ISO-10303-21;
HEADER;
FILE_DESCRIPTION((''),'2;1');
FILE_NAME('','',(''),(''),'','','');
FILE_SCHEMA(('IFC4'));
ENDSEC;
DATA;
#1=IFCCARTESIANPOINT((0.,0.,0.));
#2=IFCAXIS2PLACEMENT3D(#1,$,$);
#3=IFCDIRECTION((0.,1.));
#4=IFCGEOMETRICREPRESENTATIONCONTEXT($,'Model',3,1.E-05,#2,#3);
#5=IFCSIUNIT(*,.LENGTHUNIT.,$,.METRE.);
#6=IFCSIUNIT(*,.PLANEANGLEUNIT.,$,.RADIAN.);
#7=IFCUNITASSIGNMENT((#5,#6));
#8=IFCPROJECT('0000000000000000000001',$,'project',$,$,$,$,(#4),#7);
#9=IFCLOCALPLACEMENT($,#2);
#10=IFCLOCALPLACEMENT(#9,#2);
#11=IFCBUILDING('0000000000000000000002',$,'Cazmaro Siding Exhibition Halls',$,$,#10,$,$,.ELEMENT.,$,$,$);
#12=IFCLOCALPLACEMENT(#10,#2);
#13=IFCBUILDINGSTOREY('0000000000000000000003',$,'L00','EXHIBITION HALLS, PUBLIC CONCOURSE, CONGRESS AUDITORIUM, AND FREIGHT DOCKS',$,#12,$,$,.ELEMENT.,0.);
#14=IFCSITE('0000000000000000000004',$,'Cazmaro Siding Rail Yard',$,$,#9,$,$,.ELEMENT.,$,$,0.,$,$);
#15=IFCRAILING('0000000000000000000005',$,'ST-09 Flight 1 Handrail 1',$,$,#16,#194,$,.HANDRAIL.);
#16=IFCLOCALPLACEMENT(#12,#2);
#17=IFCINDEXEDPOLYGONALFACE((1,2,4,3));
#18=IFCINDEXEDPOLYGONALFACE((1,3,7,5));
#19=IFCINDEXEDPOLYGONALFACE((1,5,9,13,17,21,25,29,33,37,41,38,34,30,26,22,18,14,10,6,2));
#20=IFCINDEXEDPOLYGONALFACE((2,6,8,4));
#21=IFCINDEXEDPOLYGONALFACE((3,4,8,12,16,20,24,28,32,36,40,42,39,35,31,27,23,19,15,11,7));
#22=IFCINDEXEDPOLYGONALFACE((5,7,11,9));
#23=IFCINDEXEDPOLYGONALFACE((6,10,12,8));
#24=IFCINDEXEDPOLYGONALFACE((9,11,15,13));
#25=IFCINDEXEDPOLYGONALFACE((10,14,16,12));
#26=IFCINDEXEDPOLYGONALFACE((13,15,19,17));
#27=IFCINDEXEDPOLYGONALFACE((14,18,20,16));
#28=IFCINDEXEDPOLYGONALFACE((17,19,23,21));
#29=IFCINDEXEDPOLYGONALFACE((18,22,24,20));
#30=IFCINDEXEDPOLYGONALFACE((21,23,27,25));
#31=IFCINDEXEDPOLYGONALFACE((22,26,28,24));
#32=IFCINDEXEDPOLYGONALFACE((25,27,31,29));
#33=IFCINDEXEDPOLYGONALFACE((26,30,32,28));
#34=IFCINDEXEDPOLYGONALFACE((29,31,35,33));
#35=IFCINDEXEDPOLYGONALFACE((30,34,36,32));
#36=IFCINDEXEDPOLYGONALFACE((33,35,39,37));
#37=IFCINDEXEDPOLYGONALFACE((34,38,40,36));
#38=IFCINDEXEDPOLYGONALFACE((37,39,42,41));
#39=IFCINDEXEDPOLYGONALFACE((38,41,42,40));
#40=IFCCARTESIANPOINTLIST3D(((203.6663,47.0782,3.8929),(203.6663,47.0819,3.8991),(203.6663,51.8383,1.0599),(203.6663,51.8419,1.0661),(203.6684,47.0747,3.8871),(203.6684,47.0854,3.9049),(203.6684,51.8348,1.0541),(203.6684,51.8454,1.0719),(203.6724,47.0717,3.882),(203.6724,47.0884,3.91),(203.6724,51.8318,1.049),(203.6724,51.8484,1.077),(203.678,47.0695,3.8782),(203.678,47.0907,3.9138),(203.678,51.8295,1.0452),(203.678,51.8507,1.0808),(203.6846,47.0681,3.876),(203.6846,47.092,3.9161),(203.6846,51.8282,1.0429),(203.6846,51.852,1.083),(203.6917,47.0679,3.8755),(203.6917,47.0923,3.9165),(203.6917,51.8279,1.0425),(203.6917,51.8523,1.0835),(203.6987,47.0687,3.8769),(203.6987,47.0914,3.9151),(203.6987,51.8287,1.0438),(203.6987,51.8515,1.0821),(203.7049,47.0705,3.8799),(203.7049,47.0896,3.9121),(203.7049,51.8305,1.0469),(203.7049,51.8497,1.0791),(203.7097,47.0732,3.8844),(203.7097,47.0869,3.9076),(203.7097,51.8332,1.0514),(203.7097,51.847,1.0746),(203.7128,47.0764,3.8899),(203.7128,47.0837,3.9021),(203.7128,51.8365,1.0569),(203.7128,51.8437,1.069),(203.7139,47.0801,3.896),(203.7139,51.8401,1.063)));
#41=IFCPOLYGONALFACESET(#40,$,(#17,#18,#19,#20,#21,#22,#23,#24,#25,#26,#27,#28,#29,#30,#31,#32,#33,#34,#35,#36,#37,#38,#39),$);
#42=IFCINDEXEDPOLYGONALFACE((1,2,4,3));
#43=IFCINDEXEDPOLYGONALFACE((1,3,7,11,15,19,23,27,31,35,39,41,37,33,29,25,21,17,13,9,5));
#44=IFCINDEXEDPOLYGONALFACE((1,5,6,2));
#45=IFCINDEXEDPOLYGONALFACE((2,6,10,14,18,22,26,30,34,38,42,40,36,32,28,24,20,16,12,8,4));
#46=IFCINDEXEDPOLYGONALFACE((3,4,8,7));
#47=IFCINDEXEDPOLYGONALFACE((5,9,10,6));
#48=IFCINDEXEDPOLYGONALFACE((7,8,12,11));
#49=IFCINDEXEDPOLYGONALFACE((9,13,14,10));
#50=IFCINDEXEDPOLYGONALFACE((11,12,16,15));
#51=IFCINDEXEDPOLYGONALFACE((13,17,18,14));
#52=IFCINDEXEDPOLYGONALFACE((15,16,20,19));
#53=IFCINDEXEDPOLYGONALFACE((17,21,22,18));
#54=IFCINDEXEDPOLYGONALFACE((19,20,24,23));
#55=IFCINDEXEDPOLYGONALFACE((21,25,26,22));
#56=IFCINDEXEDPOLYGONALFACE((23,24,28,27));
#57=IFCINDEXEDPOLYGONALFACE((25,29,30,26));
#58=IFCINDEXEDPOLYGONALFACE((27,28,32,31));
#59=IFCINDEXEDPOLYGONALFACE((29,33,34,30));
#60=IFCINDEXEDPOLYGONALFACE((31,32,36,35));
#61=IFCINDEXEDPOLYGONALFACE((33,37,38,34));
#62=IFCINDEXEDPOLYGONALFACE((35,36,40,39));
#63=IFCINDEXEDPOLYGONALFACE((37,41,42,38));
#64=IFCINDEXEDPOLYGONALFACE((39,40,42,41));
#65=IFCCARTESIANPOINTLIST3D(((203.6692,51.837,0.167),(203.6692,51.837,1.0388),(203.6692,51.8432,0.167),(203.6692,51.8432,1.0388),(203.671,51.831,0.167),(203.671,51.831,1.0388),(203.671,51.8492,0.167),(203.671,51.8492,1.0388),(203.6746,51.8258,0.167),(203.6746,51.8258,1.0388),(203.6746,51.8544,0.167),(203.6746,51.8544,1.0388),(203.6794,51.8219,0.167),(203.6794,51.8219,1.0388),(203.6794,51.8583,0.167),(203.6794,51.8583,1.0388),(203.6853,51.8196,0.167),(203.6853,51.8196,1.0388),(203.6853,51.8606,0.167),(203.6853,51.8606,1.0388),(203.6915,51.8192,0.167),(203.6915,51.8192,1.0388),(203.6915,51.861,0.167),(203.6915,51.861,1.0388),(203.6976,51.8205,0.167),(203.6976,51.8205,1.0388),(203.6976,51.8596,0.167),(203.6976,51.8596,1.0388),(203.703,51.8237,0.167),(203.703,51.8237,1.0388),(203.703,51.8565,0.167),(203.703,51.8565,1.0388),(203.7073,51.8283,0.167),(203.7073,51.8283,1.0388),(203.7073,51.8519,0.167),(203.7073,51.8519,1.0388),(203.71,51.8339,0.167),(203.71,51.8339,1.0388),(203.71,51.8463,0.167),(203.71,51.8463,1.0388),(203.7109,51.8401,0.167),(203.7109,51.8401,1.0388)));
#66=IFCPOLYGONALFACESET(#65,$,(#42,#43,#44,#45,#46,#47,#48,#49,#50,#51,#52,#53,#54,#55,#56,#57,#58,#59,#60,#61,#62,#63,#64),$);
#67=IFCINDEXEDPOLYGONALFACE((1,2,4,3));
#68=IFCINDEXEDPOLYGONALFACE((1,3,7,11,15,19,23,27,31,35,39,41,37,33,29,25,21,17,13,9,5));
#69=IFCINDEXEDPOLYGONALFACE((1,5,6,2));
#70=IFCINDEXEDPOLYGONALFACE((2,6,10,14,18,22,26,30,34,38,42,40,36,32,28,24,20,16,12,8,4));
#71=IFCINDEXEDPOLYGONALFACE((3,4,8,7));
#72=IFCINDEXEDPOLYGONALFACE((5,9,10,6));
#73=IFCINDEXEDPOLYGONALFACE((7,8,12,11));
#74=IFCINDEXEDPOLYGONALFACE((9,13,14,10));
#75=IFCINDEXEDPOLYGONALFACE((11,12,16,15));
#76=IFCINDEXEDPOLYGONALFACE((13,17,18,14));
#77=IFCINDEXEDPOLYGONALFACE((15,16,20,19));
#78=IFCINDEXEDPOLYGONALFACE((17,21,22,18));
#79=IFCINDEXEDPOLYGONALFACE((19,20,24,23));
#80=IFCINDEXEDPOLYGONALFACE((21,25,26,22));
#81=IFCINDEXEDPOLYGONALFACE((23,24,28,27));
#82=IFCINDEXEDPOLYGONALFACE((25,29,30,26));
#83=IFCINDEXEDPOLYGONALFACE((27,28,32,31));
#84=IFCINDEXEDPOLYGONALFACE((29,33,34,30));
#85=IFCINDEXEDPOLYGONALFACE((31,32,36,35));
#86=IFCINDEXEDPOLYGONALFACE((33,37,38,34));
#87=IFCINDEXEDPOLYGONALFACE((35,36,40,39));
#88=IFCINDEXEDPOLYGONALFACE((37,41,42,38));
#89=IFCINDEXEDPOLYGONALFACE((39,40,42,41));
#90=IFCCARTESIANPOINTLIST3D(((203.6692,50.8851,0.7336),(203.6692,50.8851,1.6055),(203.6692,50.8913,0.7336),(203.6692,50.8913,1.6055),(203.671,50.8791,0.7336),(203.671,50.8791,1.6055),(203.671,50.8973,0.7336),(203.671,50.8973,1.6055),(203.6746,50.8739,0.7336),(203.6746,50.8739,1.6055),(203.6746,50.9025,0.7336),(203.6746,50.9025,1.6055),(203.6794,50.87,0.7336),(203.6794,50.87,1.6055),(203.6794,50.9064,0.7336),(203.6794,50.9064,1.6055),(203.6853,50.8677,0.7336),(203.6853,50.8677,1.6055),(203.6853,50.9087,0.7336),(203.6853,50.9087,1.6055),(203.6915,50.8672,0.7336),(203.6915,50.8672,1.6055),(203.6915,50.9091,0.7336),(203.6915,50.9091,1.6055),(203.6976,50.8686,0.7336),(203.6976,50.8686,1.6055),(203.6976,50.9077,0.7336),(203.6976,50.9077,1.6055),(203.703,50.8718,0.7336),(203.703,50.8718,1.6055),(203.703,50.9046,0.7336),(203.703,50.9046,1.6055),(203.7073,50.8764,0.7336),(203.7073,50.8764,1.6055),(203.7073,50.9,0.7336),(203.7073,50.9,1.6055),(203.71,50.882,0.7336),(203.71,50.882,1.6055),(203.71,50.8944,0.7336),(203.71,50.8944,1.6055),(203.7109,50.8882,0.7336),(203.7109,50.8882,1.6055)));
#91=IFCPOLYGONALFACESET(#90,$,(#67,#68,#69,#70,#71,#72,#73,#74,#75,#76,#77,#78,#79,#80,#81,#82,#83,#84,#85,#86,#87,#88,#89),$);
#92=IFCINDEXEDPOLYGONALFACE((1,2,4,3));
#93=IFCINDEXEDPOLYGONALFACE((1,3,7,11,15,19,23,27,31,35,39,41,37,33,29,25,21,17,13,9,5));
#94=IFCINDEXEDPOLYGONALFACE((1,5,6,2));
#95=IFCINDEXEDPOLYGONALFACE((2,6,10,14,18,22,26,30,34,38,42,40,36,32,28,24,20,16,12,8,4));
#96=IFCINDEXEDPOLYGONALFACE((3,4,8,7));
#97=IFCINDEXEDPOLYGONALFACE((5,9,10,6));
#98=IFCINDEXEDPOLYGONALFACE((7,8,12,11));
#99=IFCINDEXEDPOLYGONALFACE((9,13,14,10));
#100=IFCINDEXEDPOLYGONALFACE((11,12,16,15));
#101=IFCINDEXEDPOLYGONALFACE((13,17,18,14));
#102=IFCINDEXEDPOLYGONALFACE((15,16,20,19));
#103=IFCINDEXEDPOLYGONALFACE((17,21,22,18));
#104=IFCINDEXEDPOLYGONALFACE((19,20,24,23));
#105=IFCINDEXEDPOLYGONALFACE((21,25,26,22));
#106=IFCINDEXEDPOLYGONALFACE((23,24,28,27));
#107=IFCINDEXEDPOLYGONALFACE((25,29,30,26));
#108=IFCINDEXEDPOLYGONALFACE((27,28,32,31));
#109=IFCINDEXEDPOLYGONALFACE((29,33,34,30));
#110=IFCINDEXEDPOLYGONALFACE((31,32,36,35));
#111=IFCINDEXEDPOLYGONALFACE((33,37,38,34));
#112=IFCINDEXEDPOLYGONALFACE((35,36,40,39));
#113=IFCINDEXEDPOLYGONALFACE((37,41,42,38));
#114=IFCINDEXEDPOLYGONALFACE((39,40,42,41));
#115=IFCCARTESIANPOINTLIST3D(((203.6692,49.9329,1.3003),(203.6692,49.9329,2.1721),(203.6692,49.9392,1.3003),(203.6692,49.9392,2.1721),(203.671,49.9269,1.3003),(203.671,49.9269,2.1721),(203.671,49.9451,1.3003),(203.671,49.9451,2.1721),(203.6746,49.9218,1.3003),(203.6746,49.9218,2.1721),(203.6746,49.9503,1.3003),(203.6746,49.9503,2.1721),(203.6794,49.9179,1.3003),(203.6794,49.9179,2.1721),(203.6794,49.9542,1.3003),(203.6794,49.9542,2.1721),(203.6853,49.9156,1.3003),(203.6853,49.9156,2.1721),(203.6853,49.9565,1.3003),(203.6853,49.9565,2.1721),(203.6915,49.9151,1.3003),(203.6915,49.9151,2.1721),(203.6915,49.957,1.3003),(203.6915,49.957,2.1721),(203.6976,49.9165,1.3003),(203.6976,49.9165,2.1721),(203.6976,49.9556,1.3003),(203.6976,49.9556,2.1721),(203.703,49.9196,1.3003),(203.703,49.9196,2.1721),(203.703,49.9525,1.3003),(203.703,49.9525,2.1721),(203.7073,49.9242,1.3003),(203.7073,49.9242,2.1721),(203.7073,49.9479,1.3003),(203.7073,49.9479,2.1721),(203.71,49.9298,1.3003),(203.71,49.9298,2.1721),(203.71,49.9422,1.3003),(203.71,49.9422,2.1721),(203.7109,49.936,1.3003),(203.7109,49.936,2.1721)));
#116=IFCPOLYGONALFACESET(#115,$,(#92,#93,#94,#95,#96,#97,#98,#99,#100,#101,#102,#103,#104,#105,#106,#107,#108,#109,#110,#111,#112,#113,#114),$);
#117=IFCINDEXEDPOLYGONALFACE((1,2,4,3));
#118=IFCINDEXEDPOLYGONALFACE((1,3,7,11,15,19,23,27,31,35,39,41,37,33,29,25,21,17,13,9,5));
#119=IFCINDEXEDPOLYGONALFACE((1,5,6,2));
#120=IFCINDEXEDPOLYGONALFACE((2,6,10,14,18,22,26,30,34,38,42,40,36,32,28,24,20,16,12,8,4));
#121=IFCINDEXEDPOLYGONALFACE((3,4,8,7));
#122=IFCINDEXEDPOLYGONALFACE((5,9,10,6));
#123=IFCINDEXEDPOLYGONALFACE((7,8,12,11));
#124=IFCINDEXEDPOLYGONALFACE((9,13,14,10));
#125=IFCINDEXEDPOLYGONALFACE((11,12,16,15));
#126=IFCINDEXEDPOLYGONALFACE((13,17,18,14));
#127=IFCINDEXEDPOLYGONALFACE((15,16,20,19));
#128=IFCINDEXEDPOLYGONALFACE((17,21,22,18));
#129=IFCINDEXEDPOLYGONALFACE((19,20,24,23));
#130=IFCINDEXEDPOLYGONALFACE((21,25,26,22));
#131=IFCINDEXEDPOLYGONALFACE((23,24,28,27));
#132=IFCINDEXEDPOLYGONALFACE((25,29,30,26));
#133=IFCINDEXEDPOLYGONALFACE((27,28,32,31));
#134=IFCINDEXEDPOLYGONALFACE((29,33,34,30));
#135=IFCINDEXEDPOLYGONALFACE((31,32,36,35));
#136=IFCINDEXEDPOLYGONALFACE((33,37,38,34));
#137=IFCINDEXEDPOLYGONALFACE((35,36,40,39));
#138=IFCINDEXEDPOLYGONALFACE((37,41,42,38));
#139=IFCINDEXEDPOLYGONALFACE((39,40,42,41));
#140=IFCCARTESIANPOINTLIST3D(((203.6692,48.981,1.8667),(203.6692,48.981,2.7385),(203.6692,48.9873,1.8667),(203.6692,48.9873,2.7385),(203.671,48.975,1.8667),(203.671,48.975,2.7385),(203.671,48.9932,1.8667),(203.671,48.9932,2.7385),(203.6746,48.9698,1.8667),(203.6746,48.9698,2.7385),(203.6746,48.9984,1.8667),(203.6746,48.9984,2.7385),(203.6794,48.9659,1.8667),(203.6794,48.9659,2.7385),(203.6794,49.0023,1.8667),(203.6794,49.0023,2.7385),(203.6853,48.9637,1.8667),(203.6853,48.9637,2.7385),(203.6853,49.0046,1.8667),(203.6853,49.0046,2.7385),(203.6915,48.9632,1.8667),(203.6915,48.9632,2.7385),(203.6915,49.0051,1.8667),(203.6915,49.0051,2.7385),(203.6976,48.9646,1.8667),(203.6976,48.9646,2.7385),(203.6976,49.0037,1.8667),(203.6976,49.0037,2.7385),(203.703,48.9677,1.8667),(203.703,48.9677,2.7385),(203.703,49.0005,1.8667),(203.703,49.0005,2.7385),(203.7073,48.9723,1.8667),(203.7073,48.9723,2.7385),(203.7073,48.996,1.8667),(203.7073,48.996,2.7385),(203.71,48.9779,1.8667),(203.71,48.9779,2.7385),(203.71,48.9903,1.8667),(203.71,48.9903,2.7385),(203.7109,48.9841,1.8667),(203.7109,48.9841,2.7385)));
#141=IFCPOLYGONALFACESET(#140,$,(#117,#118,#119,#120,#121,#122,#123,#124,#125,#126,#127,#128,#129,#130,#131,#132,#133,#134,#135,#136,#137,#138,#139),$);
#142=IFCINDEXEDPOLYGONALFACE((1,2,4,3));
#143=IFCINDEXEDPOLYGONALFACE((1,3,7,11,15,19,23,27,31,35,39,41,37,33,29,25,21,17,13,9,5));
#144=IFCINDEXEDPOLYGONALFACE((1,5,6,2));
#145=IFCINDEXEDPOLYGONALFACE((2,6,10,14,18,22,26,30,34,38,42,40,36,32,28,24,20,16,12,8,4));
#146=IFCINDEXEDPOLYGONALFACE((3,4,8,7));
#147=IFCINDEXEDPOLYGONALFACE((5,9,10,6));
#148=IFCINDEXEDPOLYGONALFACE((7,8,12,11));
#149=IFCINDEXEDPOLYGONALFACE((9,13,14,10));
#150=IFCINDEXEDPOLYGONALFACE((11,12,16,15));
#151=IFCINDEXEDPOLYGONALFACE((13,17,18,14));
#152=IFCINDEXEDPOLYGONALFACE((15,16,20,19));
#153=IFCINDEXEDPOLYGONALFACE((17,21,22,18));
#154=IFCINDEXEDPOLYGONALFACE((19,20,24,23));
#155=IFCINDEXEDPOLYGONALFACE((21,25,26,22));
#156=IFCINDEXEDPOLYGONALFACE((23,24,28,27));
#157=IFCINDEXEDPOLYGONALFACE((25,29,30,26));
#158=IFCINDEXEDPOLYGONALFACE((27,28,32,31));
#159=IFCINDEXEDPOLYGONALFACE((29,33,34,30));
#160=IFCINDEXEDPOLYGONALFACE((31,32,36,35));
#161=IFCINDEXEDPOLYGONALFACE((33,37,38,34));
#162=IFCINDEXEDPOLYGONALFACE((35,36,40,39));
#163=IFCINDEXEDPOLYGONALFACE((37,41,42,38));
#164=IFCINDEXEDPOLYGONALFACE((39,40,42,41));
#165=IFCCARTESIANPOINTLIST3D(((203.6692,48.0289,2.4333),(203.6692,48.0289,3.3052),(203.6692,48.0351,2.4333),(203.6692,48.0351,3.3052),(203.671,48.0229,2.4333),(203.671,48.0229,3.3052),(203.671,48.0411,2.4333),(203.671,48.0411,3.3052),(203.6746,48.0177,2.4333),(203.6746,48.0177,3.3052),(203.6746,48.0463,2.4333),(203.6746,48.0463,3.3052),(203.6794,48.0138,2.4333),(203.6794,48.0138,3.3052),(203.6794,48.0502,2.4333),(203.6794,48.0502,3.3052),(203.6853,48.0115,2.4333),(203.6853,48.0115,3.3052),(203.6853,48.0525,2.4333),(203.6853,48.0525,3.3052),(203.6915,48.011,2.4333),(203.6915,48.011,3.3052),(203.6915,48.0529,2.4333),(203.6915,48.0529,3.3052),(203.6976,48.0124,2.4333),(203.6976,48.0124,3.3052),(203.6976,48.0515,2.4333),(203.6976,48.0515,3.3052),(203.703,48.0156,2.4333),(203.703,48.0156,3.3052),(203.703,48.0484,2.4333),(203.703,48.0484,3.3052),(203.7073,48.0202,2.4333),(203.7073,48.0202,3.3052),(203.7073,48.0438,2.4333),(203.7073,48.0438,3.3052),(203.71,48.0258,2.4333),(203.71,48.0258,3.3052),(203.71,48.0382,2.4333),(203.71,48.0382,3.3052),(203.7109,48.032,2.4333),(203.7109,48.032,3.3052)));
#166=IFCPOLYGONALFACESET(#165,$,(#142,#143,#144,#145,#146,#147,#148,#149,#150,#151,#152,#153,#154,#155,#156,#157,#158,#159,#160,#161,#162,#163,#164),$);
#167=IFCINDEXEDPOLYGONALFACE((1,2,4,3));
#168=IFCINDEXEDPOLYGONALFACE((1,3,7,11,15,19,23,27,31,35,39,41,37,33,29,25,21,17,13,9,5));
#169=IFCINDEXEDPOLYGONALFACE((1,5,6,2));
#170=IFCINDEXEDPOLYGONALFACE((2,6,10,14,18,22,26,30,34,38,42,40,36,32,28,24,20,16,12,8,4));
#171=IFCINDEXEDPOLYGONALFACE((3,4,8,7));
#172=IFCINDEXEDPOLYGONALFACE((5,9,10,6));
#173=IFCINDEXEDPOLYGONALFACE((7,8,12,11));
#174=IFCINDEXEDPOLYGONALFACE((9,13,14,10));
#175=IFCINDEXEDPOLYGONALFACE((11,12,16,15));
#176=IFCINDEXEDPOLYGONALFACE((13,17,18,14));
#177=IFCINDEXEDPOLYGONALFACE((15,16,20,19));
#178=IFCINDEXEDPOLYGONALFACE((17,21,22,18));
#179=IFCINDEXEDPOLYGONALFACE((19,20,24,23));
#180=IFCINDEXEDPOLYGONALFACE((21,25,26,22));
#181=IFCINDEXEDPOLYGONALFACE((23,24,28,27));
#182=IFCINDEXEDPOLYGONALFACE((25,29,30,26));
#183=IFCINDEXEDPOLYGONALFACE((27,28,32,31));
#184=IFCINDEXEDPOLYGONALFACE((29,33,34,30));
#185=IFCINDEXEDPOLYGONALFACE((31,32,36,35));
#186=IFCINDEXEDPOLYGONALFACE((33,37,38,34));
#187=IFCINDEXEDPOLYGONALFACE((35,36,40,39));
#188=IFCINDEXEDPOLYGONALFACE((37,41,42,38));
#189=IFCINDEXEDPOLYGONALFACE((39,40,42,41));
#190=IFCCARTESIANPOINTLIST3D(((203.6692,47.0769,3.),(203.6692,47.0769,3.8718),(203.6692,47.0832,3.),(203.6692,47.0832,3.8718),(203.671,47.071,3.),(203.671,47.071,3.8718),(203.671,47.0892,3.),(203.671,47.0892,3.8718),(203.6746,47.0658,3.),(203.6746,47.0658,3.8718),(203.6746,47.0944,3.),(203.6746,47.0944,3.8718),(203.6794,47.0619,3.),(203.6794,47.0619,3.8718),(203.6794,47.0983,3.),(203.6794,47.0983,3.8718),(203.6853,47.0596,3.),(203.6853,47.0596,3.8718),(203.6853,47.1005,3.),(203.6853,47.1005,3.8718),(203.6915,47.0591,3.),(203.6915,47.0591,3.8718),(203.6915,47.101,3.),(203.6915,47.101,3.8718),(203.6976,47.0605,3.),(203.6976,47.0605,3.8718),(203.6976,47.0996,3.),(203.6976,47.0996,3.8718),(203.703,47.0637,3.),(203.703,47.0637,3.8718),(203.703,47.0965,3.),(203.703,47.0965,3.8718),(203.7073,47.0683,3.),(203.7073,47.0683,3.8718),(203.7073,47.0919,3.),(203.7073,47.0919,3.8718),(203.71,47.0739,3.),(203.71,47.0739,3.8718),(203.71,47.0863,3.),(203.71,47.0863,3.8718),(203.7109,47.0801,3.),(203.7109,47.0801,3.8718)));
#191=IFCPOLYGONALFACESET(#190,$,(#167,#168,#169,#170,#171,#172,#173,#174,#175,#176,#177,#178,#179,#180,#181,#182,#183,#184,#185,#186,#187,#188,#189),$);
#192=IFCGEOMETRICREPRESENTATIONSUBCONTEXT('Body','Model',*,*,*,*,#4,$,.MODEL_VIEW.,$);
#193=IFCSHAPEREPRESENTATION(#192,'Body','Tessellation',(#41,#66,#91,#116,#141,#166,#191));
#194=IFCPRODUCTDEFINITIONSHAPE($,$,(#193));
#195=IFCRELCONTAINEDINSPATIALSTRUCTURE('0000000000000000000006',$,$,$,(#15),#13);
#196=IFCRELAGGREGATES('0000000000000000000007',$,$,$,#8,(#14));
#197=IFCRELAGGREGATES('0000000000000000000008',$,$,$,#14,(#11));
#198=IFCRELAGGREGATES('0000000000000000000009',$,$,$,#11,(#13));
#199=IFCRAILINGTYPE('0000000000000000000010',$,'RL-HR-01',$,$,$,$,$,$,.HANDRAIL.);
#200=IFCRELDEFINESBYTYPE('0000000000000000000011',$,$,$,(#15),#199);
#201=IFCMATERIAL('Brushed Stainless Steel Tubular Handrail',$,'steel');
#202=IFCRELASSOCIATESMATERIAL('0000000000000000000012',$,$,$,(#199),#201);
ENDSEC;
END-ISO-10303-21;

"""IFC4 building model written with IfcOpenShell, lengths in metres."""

from ifc_helpers import new_model, si_unit, direction, frame, origin, origin_2d, place, context, subcontext, project, spatial, circle, extrude, material, type_object, element, save


model = new_model("IFC4")

# Units and contexts
model_context = context("Model", 3, precision=1e-05, world=origin(), true_north=direction((0.0, 1.0)))
body_context = subcontext(model_context, "Body", "Model", "MODEL_VIEW")
ifc_project = project(units=[si_unit("LENGTHUNIT", "METRE"), si_unit("PLANEANGLEUNIT", "RADIAN")], contexts=[model_context])

# Site, building, storey
site_placement = place(None, origin())
site = spatial("IfcSite", under=ifc_project, at=site_placement, Name="Cazmaro Siding Rail Yard", CompositionType="ELEMENT", RefElevation=0.0)
building_placement = place(site_placement, origin())
building = spatial("IfcBuilding", under=site, at=building_placement, Name="Cazmaro Siding Exhibition Halls", CompositionType="ELEMENT")
storey_placement = place(building_placement, origin())
storey = spatial("IfcBuildingStorey", under=building, at=storey_placement, Name="L00", Description="EXHIBITION HALLS, PUBLIC CONCOURSE, CONGRESS AUDITORIUM, AND FREIGHT DOCKS", CompositionType="ELEMENT", Elevation=0.0)

# Railing
ifc_material_1 = material(Name="Brushed Stainless Steel Tubular Handrail", Category="steel")
railing_type = type_object("IfcRailingType", Name="RL-HR-01", PredefinedType="HANDRAIL", material=ifc_material_1)
railing_placement = place(storey_placement, frame((203.6899, 51.8401, 0.167)))
element("IfcRailing", 1, at=railing_placement, inside=storey, type_object=railing_type, Name="ST-09 Flight 1 Handrail 1", PredefinedType="HANDRAIL", context=body_context, shape_type="SweptSolid", body=[
    extrude(circle(Radius=0.0239, at=origin_2d()), frame((0.0, 0.0, 0.896), z_axis=(0.0, -0.859319, 0.51144), x_axis=(1.0, 0.0, 0.0)), (0.0, 0.0, 1.0), 5.5393),
    extrude(circle(Radius=0.021, at=origin_2d()), origin(), (0.0, 0.0, 1.0), 0.8718),
    extrude(circle(Radius=0.021, at=origin_2d()), frame((0.0, -0.9519, 0.5667)), (0.0, 0.0, 1.0), 0.8718),
    extrude(circle(Radius=0.021, at=origin_2d()), frame((0.0, -1.9041, 1.1333)), (0.0, 0.0, 1.0), 0.8718),
    extrude(circle(Radius=0.021, at=origin_2d()), frame((0.0, -2.856, 1.6997)), (0.0, 0.0, 1.0), 0.8718),
    extrude(circle(Radius=0.021, at=origin_2d()), frame((0.0, -3.8081, 2.2664)), (0.0, 0.0, 1.0), 0.8718),
    extrude(circle(Radius=0.021, at=origin_2d()), frame((0.0, -4.76, 2.833)), (0.0, 0.0, 1.0), 0.8718),
])

save(model, "model.ifc")
